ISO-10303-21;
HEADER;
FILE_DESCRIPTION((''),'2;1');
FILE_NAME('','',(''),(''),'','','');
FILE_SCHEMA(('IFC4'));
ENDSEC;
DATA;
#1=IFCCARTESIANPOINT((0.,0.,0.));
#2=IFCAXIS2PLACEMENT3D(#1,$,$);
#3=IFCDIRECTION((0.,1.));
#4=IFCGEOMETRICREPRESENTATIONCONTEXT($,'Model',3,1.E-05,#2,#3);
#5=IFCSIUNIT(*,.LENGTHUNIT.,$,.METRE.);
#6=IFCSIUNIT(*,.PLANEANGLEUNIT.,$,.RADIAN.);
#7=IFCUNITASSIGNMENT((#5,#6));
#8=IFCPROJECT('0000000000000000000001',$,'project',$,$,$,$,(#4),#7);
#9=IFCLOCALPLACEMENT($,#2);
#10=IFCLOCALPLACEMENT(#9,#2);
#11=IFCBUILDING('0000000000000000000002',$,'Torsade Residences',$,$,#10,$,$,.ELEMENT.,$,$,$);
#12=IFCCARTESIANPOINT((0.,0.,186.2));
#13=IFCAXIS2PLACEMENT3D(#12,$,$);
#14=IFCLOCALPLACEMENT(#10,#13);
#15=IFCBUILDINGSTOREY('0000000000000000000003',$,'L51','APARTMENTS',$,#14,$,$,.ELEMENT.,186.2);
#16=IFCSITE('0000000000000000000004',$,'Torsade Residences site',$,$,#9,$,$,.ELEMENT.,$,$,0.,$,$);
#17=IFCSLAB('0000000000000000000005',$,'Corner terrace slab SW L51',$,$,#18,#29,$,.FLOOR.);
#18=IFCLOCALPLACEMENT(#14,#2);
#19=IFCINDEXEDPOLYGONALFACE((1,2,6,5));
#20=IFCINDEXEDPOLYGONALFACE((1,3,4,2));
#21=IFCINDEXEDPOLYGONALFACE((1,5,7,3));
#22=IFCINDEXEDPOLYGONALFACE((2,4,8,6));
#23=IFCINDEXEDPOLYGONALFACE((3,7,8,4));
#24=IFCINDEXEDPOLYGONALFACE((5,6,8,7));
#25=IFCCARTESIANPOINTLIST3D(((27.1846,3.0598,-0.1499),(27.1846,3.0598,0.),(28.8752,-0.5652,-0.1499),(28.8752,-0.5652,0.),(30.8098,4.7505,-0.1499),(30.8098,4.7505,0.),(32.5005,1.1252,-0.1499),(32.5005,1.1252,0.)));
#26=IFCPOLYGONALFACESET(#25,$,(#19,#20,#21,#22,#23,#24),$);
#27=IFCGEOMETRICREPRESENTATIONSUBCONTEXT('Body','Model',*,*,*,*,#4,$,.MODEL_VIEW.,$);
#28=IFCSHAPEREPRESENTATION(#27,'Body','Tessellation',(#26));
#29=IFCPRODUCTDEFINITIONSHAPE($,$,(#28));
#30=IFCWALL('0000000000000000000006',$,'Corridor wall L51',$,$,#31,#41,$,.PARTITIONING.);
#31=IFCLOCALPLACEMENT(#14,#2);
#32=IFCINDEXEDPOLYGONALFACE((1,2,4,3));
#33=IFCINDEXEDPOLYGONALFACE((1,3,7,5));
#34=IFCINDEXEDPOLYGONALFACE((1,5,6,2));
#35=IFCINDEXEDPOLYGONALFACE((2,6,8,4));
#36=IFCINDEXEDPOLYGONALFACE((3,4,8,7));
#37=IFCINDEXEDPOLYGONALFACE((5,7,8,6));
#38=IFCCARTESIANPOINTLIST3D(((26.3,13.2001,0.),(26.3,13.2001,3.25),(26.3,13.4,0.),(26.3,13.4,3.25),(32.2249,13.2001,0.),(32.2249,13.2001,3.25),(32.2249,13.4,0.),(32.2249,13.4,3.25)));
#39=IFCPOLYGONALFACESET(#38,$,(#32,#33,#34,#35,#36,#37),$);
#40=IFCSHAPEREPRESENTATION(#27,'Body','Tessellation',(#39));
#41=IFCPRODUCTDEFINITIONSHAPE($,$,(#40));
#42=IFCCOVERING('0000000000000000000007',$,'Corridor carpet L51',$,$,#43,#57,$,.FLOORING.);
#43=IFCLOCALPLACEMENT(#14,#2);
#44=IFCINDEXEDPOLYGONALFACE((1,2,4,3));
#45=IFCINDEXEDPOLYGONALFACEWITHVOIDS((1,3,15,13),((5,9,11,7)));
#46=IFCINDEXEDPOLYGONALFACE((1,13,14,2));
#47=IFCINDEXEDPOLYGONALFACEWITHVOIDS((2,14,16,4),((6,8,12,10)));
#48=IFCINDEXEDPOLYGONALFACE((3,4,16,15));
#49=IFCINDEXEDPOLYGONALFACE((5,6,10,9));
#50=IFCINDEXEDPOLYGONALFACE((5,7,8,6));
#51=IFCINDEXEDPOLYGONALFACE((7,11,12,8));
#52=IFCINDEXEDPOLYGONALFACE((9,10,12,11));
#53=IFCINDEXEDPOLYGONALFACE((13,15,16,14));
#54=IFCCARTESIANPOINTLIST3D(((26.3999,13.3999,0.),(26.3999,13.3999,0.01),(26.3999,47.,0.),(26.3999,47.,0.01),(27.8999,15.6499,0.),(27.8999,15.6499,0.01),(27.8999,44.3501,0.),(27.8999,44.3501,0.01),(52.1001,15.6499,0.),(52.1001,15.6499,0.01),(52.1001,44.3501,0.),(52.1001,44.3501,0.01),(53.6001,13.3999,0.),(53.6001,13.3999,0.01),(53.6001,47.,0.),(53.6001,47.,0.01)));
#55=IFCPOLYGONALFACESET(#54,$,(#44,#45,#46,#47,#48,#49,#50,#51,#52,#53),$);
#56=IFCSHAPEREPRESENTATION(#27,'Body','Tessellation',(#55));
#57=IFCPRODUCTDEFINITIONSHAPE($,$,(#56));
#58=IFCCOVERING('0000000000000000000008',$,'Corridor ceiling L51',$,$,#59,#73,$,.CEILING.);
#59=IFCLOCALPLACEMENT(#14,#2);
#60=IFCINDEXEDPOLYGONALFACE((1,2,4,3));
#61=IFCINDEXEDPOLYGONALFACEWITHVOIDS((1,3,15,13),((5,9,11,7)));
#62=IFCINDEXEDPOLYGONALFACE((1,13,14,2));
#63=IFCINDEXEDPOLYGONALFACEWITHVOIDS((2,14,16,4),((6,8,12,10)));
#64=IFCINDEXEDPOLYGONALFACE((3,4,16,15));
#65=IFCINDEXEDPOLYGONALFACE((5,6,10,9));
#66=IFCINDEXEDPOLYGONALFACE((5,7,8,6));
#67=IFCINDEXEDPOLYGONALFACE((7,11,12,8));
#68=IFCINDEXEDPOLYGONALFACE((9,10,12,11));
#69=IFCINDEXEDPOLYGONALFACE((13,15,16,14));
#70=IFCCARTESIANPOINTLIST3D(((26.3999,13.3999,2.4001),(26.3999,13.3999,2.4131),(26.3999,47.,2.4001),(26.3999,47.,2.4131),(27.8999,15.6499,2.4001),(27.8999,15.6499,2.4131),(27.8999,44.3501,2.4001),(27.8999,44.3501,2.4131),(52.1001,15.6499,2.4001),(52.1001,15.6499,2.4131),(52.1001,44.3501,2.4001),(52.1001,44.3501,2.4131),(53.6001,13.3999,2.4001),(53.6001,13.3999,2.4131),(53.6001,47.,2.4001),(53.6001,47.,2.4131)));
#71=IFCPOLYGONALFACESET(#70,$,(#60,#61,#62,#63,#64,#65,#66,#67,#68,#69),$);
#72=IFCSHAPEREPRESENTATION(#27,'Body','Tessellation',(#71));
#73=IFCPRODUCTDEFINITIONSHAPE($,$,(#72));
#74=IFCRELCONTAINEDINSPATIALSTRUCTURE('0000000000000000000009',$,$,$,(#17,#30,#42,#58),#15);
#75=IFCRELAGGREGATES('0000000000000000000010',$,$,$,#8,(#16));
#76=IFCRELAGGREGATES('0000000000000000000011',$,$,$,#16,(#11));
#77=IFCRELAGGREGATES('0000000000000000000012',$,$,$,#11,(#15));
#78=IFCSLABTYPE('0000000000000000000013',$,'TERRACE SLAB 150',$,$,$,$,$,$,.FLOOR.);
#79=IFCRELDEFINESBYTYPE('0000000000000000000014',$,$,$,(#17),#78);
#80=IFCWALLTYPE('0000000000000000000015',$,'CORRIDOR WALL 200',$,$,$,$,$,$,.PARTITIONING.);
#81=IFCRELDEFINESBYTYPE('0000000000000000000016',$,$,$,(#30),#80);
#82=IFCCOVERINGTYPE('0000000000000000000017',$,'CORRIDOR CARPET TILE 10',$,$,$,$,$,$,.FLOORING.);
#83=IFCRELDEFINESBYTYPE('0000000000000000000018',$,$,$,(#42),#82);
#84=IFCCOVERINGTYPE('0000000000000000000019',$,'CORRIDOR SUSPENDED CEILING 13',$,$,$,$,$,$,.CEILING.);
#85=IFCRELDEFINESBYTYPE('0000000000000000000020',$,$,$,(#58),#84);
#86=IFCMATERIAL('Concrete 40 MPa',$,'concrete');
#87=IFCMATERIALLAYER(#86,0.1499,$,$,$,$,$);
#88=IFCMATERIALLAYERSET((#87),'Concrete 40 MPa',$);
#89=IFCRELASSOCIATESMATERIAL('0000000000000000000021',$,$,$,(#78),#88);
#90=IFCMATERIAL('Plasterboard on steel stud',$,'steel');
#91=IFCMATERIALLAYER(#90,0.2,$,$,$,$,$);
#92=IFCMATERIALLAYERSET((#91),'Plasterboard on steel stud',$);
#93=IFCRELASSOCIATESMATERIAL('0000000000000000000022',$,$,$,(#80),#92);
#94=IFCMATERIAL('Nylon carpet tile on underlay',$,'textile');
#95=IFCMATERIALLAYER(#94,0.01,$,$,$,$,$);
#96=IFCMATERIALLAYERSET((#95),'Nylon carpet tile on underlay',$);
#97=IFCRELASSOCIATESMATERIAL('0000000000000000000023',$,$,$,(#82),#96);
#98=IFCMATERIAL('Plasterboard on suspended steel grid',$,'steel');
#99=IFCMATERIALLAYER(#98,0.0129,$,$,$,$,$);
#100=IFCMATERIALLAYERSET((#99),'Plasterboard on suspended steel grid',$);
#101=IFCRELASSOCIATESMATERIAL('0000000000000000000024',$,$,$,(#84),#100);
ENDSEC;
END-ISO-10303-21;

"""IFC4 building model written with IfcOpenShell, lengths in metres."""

from ifc_helpers import new_model, si_unit, direction, frame, frame_2d, origin, place, context, subcontext, project, spatial, polyline, rectangle, outline, extrude, material, layer, layer_set, type_object, element, save


model = new_model("IFC4")

# Units and contexts
model_context = context("Model", 3, precision=1e-05, world=origin(), true_north=direction((0.0, 1.0)))
body_context = subcontext(model_context, "Body", "Model", "MODEL_VIEW")
ifc_project = project(units=[si_unit("LENGTHUNIT", "METRE"), si_unit("PLANEANGLEUNIT", "RADIAN")], contexts=[model_context])

# Site, building, storey
site_placement = place(None, origin())
site = spatial("IfcSite", under=ifc_project, at=site_placement, Name="Torsade Residences site", CompositionType="ELEMENT", RefElevation=0.0)
building_placement = place(site_placement, origin())
building = spatial("IfcBuilding", under=site, at=building_placement, Name="Torsade Residences", CompositionType="ELEMENT")
storey_placement = place(building_placement, frame((0.0, 0.0, 186.2)))
storey = spatial("IfcBuildingStorey", under=building, at=storey_placement, Name="L51", Description="APARTMENTS", CompositionType="ELEMENT", Elevation=186.2)

# Slab
ifc_material_1 = material(Name="Concrete 40 MPa", Category="concrete")
ifc_layer_1 = layer(ifc_material_1, 0.1499)
ifc_layer_set_1 = layer_set([ifc_layer_1], Name="Concrete 40 MPa")
slab_type_1 = type_object("IfcSlabType", Name="TERRACE SLAB 150", PredefinedType="FLOOR", material=ifc_layer_set_1)
slab_1_placement = place(storey_placement, frame((0.0, 0.0, -0.1499)))
element("IfcSlab", 1, at=slab_1_placement, inside=storey, type_object=slab_type_1, Name="Corner terrace slab SW L51", PredefinedType="FLOOR", context=body_context, shape_type="SweptSolid", body=[
    extrude(outline(polyline([(28.8752, -0.5652), (32.5005, 1.1252), (30.8098, 4.7505), (27.1846, 3.0598), (28.8752, -0.5652)])), origin(), (0.0, 0.0, 1.0), 0.1499),
])

# Wall
ifc_material_2 = material(Name="Plasterboard on steel stud", Category="steel")
ifc_layer_2 = layer(ifc_material_2, 0.2)
ifc_layer_set_2 = layer_set([ifc_layer_2], Name="Plasterboard on steel stud")
wall_type = type_object("IfcWallType", Name="CORRIDOR WALL 200", PredefinedType="PARTITIONING", material=ifc_layer_set_2)
wall_placement = place(storey_placement, frame((26.3, 13.3, 0.0), z_axis=(0.0, 0.0, 1.0), x_axis=(1.0, 0.0, 0.0)))
element("IfcWall", 2, at=wall_placement, inside=storey, type_object=wall_type, Name="Corridor wall L51", PredefinedType="PARTITIONING", context=body_context, shape_type="SweptSolid", body=[
    extrude(rectangle(XDim=5.9248, YDim=0.2, at=frame_2d((2.9624, 0.0))), origin(), (0.0, 0.0, 1.0), 3.25),
])

# Coverings
ifc_material_3 = material(Name="Nylon carpet tile on underlay", Category="textile")
ifc_layer_3 = layer(ifc_material_3, 0.01)
ifc_layer_set_3 = layer_set([ifc_layer_3], Name="Nylon carpet tile on underlay")
covering_type_1 = type_object("IfcCoveringType", Name="CORRIDOR CARPET TILE 10", PredefinedType="FLOORING", material=ifc_layer_set_3)
covering_1_placement = place(storey_placement, origin())
element("IfcCovering", 3, at=covering_1_placement, inside=storey, type_object=covering_type_1, Name="Corridor carpet L51", PredefinedType="FLOORING", context=body_context, shape_type="SweptSolid", body=[
    extrude(outline(polyline([(26.3999, 47.0), (26.3999, 13.3999), (53.6001, 13.3999), (53.6001, 47.0), (26.3999, 47.0)]), holes=[polyline([(52.1001, 44.3501), (27.8999, 44.3501), (27.8999, 15.6499), (52.1001, 15.6499), (52.1001, 44.3501)])]), origin(), (0.0, 0.0, 1.0), 0.01),
])
ifc_material_4 = material(Name="Plasterboard on suspended steel grid", Category="steel")
ifc_layer_4 = layer(ifc_material_4, 0.0129)
ifc_layer_set_4 = layer_set([ifc_layer_4], Name="Plasterboard on suspended steel grid")
covering_type_2 = type_object("IfcCoveringType", Name="CORRIDOR SUSPENDED CEILING 13", PredefinedType="CEILING", material=ifc_layer_set_4)
covering_2_placement = place(storey_placement, frame((0.0, 0.0, 2.4001)))
element("IfcCovering", 4, at=covering_2_placement, inside=storey, type_object=covering_type_2, Name="Corridor ceiling L51", PredefinedType="CEILING", context=body_context, shape_type="SweptSolid", body=[
    extrude(outline(polyline([(26.3999, 47.0), (26.3999, 13.3999), (53.6001, 13.3999), (53.6001, 47.0), (26.3999, 47.0)]), holes=[polyline([(52.1001, 44.3501), (27.8999, 44.3501), (27.8999, 15.6499), (52.1001, 15.6499), (52.1001, 44.3501)])]), origin(), (0.0, 0.0, 1.0), 0.0129),
])

save(model, "model.ifc")
